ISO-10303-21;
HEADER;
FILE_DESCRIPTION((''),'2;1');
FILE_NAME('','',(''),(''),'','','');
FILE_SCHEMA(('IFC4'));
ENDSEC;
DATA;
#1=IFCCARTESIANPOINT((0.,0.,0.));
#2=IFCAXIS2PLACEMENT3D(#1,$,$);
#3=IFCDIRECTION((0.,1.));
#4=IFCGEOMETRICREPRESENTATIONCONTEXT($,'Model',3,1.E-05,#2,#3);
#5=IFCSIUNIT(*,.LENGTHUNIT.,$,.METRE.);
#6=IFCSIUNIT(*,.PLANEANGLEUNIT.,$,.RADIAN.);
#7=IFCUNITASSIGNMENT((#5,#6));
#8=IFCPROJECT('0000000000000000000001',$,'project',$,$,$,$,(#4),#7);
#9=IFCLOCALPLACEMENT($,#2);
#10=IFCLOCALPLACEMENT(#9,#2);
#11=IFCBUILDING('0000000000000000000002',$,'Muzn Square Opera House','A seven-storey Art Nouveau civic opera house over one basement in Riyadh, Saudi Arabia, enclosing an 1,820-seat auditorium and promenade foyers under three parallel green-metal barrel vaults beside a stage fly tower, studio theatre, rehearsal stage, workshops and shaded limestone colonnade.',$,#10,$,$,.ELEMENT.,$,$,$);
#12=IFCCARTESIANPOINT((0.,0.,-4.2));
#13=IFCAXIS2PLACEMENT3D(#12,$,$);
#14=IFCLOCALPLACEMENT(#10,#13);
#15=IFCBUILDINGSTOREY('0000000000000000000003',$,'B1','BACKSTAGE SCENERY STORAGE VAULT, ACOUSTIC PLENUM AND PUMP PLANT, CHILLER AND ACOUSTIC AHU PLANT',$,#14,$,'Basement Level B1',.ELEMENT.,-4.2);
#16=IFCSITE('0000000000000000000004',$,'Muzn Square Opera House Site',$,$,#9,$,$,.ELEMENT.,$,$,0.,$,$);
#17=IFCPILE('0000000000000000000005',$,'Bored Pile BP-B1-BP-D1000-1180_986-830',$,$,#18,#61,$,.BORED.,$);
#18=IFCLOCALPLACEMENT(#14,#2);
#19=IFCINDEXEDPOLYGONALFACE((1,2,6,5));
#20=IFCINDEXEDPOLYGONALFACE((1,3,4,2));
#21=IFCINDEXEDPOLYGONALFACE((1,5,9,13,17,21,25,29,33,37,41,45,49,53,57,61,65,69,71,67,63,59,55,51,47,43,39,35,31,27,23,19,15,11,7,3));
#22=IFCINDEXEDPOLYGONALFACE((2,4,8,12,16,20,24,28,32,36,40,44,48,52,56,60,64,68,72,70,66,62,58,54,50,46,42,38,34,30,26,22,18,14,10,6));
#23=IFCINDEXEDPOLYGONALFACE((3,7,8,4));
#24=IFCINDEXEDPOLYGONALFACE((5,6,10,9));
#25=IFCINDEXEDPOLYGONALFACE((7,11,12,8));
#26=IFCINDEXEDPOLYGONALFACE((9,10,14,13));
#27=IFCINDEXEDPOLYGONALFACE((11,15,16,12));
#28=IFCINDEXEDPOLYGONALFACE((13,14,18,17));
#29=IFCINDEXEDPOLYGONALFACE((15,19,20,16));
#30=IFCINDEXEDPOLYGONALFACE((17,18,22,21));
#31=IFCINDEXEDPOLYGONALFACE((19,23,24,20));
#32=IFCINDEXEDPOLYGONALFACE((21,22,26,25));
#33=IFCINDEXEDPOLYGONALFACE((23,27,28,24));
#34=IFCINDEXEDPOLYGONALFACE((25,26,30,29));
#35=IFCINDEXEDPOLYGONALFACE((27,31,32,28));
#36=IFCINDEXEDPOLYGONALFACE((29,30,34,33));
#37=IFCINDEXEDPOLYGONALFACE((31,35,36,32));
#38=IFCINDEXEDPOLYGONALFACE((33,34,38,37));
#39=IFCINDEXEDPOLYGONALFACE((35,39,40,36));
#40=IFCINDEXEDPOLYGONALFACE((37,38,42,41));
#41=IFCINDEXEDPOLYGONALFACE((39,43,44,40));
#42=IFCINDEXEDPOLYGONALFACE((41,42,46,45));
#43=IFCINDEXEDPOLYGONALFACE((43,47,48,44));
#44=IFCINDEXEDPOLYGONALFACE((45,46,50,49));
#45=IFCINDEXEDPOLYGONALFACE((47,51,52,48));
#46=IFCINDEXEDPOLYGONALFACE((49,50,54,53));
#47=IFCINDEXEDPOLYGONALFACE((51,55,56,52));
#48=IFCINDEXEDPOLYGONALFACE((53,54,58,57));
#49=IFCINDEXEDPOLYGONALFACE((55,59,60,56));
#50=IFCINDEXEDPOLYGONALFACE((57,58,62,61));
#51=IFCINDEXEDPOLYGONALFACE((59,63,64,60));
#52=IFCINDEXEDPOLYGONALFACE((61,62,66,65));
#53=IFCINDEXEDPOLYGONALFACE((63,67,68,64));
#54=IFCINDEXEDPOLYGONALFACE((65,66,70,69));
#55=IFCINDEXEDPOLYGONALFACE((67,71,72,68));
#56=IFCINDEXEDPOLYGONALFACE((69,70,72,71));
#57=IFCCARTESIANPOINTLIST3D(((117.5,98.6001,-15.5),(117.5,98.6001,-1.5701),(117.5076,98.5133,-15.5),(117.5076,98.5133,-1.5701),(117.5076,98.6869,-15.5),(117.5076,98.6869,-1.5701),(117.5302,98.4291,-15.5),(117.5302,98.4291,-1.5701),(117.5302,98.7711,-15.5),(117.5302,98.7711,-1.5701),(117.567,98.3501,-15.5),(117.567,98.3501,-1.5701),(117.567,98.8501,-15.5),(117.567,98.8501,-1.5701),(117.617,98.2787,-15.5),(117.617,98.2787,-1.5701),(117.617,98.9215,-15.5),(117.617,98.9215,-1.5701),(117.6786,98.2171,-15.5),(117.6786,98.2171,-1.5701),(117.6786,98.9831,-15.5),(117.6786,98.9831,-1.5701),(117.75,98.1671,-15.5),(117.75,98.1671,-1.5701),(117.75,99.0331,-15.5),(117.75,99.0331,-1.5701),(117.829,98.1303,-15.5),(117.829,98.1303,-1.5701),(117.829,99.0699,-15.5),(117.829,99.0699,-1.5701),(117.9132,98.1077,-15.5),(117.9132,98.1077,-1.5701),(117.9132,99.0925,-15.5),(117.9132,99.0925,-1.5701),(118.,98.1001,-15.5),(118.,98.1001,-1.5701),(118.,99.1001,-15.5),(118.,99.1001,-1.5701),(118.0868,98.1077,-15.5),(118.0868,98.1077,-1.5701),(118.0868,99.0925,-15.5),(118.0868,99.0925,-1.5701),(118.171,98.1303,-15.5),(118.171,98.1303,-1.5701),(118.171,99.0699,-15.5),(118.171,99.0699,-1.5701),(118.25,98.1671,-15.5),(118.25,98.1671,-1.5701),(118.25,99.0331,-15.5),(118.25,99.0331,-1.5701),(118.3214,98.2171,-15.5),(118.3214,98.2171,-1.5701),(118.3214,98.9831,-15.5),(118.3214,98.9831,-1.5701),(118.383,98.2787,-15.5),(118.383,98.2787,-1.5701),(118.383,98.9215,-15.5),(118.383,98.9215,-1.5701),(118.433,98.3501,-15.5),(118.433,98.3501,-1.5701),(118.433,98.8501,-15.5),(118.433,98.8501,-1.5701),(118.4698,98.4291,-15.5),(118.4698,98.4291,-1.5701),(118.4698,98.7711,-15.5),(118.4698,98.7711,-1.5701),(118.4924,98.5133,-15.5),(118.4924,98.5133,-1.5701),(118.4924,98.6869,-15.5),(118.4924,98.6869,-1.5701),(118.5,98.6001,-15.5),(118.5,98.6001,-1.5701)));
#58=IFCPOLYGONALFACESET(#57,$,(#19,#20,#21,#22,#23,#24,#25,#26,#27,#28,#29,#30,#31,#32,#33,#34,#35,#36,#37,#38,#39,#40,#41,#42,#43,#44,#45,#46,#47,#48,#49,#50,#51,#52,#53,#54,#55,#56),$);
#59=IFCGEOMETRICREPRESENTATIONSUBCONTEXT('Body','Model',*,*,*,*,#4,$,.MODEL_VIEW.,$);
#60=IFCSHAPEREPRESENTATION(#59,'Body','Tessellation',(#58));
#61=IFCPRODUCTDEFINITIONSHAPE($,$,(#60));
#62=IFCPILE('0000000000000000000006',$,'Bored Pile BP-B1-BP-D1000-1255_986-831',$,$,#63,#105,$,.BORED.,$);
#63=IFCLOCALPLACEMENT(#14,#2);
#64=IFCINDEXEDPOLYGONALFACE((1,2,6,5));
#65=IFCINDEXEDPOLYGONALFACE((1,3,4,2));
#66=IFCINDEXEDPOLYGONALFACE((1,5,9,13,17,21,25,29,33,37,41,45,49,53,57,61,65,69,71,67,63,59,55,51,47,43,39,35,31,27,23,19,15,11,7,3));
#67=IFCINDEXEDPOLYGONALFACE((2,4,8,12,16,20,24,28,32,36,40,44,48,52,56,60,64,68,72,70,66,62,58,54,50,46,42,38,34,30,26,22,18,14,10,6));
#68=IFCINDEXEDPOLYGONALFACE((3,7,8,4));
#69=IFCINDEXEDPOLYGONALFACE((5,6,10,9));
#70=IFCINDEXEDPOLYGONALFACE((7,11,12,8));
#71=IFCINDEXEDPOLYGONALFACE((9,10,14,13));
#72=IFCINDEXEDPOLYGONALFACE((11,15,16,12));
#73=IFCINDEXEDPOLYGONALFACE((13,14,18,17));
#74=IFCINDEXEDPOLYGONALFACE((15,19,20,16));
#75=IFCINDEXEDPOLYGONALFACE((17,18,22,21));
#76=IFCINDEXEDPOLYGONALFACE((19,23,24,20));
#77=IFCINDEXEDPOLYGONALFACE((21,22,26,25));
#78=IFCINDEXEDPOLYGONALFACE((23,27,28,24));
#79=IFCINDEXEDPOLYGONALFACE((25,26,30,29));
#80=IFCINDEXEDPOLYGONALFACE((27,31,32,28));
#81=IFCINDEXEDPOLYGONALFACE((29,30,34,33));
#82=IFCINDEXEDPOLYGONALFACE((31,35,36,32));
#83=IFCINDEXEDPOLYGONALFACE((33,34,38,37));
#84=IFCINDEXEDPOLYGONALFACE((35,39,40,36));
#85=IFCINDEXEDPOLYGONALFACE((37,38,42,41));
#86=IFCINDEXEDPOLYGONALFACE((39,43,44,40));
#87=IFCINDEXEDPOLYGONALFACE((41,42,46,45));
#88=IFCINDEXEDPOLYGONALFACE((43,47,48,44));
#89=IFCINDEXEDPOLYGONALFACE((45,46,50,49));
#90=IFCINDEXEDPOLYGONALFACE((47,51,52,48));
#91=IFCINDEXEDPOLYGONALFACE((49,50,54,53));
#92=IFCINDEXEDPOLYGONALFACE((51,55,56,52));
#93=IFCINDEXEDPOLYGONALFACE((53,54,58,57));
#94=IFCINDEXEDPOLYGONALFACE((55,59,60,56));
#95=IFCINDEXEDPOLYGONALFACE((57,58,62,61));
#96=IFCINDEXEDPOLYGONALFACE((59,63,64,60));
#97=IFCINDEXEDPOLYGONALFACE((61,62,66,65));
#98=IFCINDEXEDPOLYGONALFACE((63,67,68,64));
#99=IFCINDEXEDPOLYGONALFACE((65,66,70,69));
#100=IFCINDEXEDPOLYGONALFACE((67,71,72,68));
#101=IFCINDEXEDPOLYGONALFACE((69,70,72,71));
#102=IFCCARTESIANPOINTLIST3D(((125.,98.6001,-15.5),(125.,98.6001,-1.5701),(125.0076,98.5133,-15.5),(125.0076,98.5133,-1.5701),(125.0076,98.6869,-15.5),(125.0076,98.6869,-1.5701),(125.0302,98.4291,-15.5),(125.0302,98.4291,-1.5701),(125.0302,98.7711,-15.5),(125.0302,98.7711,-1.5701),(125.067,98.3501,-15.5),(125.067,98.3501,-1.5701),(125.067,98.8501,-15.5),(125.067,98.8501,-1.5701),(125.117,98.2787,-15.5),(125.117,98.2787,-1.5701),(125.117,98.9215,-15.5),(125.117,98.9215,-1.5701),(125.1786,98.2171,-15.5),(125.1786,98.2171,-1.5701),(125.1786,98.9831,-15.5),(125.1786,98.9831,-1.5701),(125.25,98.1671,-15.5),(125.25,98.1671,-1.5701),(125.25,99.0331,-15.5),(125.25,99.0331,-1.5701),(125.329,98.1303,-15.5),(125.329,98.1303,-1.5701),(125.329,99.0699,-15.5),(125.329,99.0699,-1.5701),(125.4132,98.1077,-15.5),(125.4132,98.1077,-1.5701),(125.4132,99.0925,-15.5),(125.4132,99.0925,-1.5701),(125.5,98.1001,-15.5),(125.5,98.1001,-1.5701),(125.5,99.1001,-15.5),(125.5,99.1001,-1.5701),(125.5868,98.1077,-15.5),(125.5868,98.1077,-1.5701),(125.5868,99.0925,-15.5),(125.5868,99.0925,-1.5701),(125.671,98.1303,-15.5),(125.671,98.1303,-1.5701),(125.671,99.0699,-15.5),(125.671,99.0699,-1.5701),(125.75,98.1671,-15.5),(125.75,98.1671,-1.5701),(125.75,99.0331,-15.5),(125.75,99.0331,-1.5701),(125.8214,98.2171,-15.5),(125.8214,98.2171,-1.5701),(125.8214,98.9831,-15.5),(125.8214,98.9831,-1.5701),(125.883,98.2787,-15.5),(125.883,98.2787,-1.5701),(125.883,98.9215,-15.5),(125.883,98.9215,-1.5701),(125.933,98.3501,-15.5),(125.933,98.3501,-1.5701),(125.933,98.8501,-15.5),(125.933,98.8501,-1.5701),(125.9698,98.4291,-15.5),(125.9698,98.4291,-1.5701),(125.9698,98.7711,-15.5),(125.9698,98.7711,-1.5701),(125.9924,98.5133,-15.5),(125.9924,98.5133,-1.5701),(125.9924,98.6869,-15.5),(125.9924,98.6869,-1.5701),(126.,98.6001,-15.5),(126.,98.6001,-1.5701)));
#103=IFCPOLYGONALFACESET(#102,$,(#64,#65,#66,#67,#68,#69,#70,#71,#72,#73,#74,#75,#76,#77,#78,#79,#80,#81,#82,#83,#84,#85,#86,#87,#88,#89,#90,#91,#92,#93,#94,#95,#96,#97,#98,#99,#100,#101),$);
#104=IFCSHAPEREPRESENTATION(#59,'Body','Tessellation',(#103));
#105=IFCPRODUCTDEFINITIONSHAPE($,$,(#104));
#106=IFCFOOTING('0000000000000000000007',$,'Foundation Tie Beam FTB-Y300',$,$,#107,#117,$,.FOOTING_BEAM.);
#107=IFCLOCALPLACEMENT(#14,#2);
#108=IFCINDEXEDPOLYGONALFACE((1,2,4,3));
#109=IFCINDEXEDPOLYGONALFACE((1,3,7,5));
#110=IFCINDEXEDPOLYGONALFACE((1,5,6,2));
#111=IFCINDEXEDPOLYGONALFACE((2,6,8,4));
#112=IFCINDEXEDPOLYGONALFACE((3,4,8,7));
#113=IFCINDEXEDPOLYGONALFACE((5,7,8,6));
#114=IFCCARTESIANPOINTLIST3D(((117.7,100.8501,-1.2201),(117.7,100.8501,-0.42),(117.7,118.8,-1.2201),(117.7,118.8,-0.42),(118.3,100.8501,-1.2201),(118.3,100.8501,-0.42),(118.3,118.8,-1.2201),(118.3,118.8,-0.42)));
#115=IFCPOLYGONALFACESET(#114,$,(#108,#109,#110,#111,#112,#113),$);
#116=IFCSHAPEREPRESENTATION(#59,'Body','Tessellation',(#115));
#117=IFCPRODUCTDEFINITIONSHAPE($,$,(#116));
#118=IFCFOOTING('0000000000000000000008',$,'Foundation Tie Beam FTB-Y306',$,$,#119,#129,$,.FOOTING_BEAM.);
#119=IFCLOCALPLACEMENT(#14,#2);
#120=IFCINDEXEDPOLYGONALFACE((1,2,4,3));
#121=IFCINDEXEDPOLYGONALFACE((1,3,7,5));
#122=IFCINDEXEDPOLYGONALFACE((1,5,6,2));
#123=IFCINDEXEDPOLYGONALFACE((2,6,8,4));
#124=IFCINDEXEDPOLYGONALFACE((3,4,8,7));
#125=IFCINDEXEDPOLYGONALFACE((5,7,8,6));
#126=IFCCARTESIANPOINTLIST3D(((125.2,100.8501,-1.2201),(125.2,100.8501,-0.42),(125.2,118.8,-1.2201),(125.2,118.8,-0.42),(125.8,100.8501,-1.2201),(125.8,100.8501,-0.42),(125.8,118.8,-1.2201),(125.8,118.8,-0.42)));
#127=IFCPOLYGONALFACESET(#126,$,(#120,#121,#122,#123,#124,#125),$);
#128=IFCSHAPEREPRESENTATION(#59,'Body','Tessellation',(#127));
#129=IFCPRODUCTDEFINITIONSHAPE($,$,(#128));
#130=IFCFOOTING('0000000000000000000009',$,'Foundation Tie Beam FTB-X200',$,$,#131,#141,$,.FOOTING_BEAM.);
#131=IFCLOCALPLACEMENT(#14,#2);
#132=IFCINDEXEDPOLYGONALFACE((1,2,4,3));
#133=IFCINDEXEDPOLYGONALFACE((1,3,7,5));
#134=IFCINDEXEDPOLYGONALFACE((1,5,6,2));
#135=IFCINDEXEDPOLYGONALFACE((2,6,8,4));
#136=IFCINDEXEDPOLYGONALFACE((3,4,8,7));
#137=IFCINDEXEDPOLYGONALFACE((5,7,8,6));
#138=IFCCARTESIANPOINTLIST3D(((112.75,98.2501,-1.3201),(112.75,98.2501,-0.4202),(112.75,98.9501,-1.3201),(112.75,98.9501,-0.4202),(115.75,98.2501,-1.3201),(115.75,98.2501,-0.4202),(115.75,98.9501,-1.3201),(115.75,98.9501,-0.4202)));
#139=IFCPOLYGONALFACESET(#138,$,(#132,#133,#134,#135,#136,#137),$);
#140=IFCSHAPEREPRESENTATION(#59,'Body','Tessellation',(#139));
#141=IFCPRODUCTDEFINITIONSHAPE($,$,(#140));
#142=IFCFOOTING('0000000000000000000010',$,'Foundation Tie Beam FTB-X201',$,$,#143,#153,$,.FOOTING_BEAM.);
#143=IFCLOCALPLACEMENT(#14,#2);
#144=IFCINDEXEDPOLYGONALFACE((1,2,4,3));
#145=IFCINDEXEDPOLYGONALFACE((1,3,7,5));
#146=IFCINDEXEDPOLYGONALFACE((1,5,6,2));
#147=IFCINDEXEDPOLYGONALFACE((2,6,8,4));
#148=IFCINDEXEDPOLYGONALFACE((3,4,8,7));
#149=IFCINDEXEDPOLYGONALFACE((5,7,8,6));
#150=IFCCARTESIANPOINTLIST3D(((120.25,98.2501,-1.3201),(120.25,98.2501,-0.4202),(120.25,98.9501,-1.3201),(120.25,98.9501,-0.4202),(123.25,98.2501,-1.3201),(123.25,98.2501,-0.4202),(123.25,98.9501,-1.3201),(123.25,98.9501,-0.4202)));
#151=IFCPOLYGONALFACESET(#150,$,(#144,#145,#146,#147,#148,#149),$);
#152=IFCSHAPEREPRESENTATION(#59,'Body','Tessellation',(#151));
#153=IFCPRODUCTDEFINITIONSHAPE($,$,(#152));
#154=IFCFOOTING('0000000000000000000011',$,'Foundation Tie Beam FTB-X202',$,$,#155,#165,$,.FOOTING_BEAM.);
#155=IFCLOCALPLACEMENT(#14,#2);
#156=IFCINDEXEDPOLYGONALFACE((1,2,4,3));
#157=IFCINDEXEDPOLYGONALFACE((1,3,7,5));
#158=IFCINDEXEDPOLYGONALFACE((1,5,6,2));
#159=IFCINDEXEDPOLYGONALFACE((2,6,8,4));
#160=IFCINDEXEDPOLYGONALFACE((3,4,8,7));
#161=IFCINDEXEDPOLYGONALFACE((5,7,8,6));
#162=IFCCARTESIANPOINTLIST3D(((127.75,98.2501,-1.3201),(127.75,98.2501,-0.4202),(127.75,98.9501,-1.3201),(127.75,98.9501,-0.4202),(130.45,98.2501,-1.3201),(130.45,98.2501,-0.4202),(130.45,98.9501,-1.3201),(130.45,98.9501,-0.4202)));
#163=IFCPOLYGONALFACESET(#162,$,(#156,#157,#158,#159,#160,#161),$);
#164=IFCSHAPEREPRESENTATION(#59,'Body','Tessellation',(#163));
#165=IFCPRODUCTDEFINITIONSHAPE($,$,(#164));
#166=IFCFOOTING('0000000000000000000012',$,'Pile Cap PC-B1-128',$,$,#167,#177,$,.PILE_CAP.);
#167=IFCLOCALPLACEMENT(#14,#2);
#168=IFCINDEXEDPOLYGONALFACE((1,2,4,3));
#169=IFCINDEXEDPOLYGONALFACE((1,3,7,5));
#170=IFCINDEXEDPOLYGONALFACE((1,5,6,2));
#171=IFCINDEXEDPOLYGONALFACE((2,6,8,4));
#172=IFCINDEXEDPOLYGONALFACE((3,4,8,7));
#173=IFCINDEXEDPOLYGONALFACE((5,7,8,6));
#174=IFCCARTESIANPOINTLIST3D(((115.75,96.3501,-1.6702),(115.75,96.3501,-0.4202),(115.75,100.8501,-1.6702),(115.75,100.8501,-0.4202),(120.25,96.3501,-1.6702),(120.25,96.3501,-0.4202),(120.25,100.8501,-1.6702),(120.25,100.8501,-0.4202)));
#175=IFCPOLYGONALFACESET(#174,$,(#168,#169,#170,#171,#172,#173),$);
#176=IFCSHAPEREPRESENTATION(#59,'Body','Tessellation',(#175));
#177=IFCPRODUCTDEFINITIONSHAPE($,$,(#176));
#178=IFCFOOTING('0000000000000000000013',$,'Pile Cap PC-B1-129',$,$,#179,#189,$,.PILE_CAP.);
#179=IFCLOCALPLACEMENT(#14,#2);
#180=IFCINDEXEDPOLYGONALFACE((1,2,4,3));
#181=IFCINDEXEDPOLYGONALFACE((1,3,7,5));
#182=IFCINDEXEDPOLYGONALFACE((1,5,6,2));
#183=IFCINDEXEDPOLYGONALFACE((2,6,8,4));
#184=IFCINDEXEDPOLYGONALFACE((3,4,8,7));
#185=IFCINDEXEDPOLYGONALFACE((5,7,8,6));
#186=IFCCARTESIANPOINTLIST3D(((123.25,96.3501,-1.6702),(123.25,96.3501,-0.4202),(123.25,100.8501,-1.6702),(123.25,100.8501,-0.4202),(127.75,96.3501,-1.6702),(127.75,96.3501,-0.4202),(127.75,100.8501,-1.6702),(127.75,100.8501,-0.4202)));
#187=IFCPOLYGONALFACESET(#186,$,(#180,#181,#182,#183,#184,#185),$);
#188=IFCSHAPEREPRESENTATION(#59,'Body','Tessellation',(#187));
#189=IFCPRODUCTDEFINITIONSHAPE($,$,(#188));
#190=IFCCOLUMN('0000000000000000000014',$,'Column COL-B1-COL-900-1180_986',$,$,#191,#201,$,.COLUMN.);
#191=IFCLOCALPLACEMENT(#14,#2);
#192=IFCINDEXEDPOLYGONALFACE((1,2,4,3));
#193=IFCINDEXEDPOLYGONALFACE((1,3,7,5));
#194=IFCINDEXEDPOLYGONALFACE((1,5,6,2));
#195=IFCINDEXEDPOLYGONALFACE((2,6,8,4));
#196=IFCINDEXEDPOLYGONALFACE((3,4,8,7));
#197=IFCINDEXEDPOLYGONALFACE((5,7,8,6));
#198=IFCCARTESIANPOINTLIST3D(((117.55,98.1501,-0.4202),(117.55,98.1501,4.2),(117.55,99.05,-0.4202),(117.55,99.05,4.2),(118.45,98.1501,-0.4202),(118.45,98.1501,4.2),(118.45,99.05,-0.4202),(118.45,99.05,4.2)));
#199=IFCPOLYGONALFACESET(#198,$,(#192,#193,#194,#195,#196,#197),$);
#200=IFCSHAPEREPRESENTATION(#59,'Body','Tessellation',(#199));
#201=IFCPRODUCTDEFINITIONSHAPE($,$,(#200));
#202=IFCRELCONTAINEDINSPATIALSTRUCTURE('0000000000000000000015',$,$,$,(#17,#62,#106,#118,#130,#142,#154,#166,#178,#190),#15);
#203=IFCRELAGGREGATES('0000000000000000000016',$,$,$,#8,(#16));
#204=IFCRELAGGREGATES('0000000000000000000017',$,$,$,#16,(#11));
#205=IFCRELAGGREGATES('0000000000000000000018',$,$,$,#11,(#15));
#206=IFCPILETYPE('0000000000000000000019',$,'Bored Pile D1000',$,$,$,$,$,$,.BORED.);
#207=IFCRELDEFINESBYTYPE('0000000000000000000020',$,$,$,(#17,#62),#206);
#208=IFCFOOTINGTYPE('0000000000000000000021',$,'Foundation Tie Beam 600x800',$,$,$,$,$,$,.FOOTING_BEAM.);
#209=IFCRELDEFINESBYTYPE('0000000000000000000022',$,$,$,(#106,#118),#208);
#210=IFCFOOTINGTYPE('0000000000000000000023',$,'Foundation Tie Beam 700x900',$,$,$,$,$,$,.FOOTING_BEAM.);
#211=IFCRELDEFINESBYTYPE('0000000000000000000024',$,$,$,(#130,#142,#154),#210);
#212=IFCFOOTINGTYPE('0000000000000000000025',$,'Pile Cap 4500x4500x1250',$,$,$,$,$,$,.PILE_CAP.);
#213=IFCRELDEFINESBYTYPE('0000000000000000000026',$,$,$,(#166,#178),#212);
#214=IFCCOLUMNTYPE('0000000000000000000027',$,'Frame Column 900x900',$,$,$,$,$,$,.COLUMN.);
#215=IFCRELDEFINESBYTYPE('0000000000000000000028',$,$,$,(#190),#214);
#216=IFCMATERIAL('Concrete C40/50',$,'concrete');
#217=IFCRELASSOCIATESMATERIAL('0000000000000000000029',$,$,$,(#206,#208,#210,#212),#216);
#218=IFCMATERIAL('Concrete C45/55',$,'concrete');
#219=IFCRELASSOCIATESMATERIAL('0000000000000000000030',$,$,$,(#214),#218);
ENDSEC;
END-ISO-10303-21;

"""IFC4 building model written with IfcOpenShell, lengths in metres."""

from ifc_helpers import new_model, si_unit, direction, frame, origin, origin_2d, place, context, subcontext, project, spatial, rectangle, circle, extrude, material, material_profile, profile_set, type_object, element, save


model = new_model("IFC4")

# Units and contexts
model_context = context("Model", 3, precision=1e-05, world=origin(), true_north=direction((0.0, 1.0)))
body_context = subcontext(model_context, "Body", "Model", "MODEL_VIEW")
ifc_project = project(units=[si_unit("LENGTHUNIT", "METRE"), si_unit("PLANEANGLEUNIT", "RADIAN")], contexts=[model_context])

# Site, building, storey
site_placement = place(None, origin())
site = spatial("IfcSite", under=ifc_project, at=site_placement, Name="Muzn Square Opera House Site", CompositionType="ELEMENT", RefElevation=0.0)
building_placement = place(site_placement, origin())
building = spatial("IfcBuilding", under=site, at=building_placement, Name="Muzn Square Opera House", Description="A seven-storey Art Nouveau civic opera house over one basement in Riyadh, Saudi Arabia, enclosing an 1,820-seat auditorium and promenade foyers under three parallel green-metal barrel vaults beside a stage fly tower, studio theatre, rehearsal stage, workshops and shaded limestone colonnade.", CompositionType="ELEMENT")
storey_placement = place(building_placement, frame((0.0, 0.0, -4.2)))
storey = spatial("IfcBuildingStorey", under=building, at=storey_placement, Name="B1", Description="BACKSTAGE SCENERY STORAGE VAULT, ACOUSTIC PLENUM AND PUMP PLANT, CHILLER AND ACOUSTIC AHU PLANT", LongName="Basement Level B1", CompositionType="ELEMENT", Elevation=-4.2)

# Piles
ifc_material_1 = material(Name="Concrete C40/50", Category="concrete")
ifc_material_profile_1 = material_profile(ifc_material_1, circle(Radius=0.5, at=origin_2d()), Name="BORED PILE D1000", Category="concrete")
ifc_profile_set_1 = profile_set([ifc_material_profile_1], Name="Concrete C40/50")
pile_type = type_object("IfcPileType", Name="Bored Pile D1000", PredefinedType="BORED", material=ifc_profile_set_1)
for number, where, z_axis, x_axis, name in (
    (1, (118.0, 98.6001, -1.5701), (0.0, 0.0, -1.0), (1.0, 0.0, 0.0), "Bored Pile BP-B1-BP-D1000-1180_986-830"),
    (2, (125.5, 98.6001, -1.5701), (0.0, 0.0, -1.0), (1.0, 0.0, 0.0), "Bored Pile BP-B1-BP-D1000-1255_986-831"),
):
    element("IfcPile", number, at=place(storey_placement, frame(where, z_axis=z_axis, x_axis=x_axis)), inside=storey, type_object=pile_type, Name=name, PredefinedType="BORED", context=body_context, shape_type="SweptSolid", body=[
        extrude(circle(Radius=0.5, at=origin_2d()), origin(), (0.0, 0.0, 1.0), 13.9299),
    ])

# Footings
ifc_material_profile_2 = material_profile(ifc_material_1, rectangle(XDim=0.6001, YDim=0.8, at=origin_2d()), Name="RCTB 600x800", Category="concrete")
ifc_profile_set_2 = profile_set([ifc_material_profile_2], Name="Concrete C40/50")
footing_type_1 = type_object("IfcFootingType", Name="Foundation Tie Beam 600x800", PredefinedType="FOOTING_BEAM", material=ifc_profile_set_2)
for number, where, z_axis, x_axis, name in (
    (3, (118.0, 100.8501, -0.8201), (0.0, 1.0, 0.0), (-1.0, 0.0, 0.0), "Foundation Tie Beam FTB-Y300"),
    (4, (125.5, 100.8501, -0.8201), (0.0, 1.0, 0.0), (-1.0, 0.0, 0.0), "Foundation Tie Beam FTB-Y306"),
):
    element("IfcFooting", number, at=place(storey_placement, frame(where, z_axis=z_axis, x_axis=x_axis)), inside=storey, type_object=footing_type_1, Name=name, PredefinedType="FOOTING_BEAM", context=body_context, shape_type="SweptSolid", body=[
        extrude(rectangle(XDim=0.6001, YDim=0.8, at=origin_2d()), origin(), (0.0, 0.0, 1.0), 17.95),
    ])
ifc_material_profile_3 = material_profile(ifc_material_1, rectangle(XDim=0.7, YDim=0.8999, at=origin_2d()), Name="RCTB 700x900", Category="concrete")
ifc_profile_set_3 = profile_set([ifc_material_profile_3], Name="Concrete C40/50")
footing_type_2 = type_object("IfcFootingType", Name="Foundation Tie Beam 700x900", PredefinedType="FOOTING_BEAM", material=ifc_profile_set_3)
for number, where, z_axis, x_axis, name in (
    (5, (112.75, 98.6001, -0.8701), (1.0, 0.0, 0.0), (0.0, 1.0, 0.0), "Foundation Tie Beam FTB-X200"),
    (6, (120.25, 98.6001, -0.8701), (1.0, 0.0, 0.0), (0.0, 1.0, 0.0), "Foundation Tie Beam FTB-X201"),
):
    element("IfcFooting", number, at=place(storey_placement, frame(where, z_axis=z_axis, x_axis=x_axis)), inside=storey, type_object=footing_type_2, Name=name, PredefinedType="FOOTING_BEAM", context=body_context, shape_type="SweptSolid", body=[
        extrude(rectangle(XDim=0.7, YDim=0.8999, at=origin_2d()), origin(), (0.0, 0.0, 1.0), 3.0),
    ])
footing_placement = place(storey_placement, frame((127.75, 98.6001, -0.8701), z_axis=(1.0, 0.0, 0.0), x_axis=(0.0, 1.0, 0.0)))
element("IfcFooting", 7, at=footing_placement, inside=storey, type_object=footing_type_2, Name="Foundation Tie Beam FTB-X202", PredefinedType="FOOTING_BEAM", context=body_context, shape_type="SweptSolid", body=[
    extrude(rectangle(XDim=0.7, YDim=0.8999, at=origin_2d()), origin(), (0.0, 0.0, 1.0), 2.7),
])
footing_type_3 = type_object("IfcFootingType", Name="Pile Cap 4500x4500x1250", PredefinedType="PILE_CAP", material=ifc_material_1)
for number, where, z_axis, x_axis, name in (
    (8, (118.0, 98.6001, -1.6702), (0.0, 0.0, 1.0), (1.0, 0.0, 0.0), "Pile Cap PC-B1-128"),
    (9, (125.5, 98.6001, -1.6702), (0.0, 0.0, 1.0), (1.0, 0.0, 0.0), "Pile Cap PC-B1-129"),
):
    element("IfcFooting", number, at=place(storey_placement, frame(where, z_axis=z_axis, x_axis=x_axis)), inside=storey, type_object=footing_type_3, Name=name, PredefinedType="PILE_CAP", context=body_context, shape_type="SweptSolid", body=[
        extrude(rectangle(XDim=4.5, YDim=4.5, at=origin_2d()), origin(), (0.0, 0.0, 1.0), 1.25),
    ])

# Column
ifc_material_2 = material(Name="Concrete C45/55", Category="concrete")
ifc_material_profile_4 = material_profile(ifc_material_2, rectangle(XDim=0.8999, YDim=0.8999, at=origin_2d()), Name="RC 900x900", Category="concrete")
ifc_profile_set_4 = profile_set([ifc_material_profile_4], Name="Concrete C45/55")
column_type = type_object("IfcColumnType", Name="Frame Column 900x900", PredefinedType="COLUMN", material=ifc_profile_set_4)
for number, where, z_axis, x_axis, name in (
    (10, (118.0, 98.6001, -0.4202), (0.0, 0.0, 1.0), (1.0, 0.0, 0.0), "Column COL-B1-COL-900-1180_986"),
):
    element("IfcColumn", number, at=place(storey_placement, frame(where, z_axis=z_axis, x_axis=x_axis)), inside=storey, type_object=column_type, Name=name, PredefinedType="COLUMN", context=body_context, shape_type="SweptSolid", body=[
        extrude(rectangle(XDim=0.8999, YDim=0.8999, at=origin_2d()), origin(), (0.0, 0.0, 1.0), 4.6201),
    ])

save(model, "model.ifc")
